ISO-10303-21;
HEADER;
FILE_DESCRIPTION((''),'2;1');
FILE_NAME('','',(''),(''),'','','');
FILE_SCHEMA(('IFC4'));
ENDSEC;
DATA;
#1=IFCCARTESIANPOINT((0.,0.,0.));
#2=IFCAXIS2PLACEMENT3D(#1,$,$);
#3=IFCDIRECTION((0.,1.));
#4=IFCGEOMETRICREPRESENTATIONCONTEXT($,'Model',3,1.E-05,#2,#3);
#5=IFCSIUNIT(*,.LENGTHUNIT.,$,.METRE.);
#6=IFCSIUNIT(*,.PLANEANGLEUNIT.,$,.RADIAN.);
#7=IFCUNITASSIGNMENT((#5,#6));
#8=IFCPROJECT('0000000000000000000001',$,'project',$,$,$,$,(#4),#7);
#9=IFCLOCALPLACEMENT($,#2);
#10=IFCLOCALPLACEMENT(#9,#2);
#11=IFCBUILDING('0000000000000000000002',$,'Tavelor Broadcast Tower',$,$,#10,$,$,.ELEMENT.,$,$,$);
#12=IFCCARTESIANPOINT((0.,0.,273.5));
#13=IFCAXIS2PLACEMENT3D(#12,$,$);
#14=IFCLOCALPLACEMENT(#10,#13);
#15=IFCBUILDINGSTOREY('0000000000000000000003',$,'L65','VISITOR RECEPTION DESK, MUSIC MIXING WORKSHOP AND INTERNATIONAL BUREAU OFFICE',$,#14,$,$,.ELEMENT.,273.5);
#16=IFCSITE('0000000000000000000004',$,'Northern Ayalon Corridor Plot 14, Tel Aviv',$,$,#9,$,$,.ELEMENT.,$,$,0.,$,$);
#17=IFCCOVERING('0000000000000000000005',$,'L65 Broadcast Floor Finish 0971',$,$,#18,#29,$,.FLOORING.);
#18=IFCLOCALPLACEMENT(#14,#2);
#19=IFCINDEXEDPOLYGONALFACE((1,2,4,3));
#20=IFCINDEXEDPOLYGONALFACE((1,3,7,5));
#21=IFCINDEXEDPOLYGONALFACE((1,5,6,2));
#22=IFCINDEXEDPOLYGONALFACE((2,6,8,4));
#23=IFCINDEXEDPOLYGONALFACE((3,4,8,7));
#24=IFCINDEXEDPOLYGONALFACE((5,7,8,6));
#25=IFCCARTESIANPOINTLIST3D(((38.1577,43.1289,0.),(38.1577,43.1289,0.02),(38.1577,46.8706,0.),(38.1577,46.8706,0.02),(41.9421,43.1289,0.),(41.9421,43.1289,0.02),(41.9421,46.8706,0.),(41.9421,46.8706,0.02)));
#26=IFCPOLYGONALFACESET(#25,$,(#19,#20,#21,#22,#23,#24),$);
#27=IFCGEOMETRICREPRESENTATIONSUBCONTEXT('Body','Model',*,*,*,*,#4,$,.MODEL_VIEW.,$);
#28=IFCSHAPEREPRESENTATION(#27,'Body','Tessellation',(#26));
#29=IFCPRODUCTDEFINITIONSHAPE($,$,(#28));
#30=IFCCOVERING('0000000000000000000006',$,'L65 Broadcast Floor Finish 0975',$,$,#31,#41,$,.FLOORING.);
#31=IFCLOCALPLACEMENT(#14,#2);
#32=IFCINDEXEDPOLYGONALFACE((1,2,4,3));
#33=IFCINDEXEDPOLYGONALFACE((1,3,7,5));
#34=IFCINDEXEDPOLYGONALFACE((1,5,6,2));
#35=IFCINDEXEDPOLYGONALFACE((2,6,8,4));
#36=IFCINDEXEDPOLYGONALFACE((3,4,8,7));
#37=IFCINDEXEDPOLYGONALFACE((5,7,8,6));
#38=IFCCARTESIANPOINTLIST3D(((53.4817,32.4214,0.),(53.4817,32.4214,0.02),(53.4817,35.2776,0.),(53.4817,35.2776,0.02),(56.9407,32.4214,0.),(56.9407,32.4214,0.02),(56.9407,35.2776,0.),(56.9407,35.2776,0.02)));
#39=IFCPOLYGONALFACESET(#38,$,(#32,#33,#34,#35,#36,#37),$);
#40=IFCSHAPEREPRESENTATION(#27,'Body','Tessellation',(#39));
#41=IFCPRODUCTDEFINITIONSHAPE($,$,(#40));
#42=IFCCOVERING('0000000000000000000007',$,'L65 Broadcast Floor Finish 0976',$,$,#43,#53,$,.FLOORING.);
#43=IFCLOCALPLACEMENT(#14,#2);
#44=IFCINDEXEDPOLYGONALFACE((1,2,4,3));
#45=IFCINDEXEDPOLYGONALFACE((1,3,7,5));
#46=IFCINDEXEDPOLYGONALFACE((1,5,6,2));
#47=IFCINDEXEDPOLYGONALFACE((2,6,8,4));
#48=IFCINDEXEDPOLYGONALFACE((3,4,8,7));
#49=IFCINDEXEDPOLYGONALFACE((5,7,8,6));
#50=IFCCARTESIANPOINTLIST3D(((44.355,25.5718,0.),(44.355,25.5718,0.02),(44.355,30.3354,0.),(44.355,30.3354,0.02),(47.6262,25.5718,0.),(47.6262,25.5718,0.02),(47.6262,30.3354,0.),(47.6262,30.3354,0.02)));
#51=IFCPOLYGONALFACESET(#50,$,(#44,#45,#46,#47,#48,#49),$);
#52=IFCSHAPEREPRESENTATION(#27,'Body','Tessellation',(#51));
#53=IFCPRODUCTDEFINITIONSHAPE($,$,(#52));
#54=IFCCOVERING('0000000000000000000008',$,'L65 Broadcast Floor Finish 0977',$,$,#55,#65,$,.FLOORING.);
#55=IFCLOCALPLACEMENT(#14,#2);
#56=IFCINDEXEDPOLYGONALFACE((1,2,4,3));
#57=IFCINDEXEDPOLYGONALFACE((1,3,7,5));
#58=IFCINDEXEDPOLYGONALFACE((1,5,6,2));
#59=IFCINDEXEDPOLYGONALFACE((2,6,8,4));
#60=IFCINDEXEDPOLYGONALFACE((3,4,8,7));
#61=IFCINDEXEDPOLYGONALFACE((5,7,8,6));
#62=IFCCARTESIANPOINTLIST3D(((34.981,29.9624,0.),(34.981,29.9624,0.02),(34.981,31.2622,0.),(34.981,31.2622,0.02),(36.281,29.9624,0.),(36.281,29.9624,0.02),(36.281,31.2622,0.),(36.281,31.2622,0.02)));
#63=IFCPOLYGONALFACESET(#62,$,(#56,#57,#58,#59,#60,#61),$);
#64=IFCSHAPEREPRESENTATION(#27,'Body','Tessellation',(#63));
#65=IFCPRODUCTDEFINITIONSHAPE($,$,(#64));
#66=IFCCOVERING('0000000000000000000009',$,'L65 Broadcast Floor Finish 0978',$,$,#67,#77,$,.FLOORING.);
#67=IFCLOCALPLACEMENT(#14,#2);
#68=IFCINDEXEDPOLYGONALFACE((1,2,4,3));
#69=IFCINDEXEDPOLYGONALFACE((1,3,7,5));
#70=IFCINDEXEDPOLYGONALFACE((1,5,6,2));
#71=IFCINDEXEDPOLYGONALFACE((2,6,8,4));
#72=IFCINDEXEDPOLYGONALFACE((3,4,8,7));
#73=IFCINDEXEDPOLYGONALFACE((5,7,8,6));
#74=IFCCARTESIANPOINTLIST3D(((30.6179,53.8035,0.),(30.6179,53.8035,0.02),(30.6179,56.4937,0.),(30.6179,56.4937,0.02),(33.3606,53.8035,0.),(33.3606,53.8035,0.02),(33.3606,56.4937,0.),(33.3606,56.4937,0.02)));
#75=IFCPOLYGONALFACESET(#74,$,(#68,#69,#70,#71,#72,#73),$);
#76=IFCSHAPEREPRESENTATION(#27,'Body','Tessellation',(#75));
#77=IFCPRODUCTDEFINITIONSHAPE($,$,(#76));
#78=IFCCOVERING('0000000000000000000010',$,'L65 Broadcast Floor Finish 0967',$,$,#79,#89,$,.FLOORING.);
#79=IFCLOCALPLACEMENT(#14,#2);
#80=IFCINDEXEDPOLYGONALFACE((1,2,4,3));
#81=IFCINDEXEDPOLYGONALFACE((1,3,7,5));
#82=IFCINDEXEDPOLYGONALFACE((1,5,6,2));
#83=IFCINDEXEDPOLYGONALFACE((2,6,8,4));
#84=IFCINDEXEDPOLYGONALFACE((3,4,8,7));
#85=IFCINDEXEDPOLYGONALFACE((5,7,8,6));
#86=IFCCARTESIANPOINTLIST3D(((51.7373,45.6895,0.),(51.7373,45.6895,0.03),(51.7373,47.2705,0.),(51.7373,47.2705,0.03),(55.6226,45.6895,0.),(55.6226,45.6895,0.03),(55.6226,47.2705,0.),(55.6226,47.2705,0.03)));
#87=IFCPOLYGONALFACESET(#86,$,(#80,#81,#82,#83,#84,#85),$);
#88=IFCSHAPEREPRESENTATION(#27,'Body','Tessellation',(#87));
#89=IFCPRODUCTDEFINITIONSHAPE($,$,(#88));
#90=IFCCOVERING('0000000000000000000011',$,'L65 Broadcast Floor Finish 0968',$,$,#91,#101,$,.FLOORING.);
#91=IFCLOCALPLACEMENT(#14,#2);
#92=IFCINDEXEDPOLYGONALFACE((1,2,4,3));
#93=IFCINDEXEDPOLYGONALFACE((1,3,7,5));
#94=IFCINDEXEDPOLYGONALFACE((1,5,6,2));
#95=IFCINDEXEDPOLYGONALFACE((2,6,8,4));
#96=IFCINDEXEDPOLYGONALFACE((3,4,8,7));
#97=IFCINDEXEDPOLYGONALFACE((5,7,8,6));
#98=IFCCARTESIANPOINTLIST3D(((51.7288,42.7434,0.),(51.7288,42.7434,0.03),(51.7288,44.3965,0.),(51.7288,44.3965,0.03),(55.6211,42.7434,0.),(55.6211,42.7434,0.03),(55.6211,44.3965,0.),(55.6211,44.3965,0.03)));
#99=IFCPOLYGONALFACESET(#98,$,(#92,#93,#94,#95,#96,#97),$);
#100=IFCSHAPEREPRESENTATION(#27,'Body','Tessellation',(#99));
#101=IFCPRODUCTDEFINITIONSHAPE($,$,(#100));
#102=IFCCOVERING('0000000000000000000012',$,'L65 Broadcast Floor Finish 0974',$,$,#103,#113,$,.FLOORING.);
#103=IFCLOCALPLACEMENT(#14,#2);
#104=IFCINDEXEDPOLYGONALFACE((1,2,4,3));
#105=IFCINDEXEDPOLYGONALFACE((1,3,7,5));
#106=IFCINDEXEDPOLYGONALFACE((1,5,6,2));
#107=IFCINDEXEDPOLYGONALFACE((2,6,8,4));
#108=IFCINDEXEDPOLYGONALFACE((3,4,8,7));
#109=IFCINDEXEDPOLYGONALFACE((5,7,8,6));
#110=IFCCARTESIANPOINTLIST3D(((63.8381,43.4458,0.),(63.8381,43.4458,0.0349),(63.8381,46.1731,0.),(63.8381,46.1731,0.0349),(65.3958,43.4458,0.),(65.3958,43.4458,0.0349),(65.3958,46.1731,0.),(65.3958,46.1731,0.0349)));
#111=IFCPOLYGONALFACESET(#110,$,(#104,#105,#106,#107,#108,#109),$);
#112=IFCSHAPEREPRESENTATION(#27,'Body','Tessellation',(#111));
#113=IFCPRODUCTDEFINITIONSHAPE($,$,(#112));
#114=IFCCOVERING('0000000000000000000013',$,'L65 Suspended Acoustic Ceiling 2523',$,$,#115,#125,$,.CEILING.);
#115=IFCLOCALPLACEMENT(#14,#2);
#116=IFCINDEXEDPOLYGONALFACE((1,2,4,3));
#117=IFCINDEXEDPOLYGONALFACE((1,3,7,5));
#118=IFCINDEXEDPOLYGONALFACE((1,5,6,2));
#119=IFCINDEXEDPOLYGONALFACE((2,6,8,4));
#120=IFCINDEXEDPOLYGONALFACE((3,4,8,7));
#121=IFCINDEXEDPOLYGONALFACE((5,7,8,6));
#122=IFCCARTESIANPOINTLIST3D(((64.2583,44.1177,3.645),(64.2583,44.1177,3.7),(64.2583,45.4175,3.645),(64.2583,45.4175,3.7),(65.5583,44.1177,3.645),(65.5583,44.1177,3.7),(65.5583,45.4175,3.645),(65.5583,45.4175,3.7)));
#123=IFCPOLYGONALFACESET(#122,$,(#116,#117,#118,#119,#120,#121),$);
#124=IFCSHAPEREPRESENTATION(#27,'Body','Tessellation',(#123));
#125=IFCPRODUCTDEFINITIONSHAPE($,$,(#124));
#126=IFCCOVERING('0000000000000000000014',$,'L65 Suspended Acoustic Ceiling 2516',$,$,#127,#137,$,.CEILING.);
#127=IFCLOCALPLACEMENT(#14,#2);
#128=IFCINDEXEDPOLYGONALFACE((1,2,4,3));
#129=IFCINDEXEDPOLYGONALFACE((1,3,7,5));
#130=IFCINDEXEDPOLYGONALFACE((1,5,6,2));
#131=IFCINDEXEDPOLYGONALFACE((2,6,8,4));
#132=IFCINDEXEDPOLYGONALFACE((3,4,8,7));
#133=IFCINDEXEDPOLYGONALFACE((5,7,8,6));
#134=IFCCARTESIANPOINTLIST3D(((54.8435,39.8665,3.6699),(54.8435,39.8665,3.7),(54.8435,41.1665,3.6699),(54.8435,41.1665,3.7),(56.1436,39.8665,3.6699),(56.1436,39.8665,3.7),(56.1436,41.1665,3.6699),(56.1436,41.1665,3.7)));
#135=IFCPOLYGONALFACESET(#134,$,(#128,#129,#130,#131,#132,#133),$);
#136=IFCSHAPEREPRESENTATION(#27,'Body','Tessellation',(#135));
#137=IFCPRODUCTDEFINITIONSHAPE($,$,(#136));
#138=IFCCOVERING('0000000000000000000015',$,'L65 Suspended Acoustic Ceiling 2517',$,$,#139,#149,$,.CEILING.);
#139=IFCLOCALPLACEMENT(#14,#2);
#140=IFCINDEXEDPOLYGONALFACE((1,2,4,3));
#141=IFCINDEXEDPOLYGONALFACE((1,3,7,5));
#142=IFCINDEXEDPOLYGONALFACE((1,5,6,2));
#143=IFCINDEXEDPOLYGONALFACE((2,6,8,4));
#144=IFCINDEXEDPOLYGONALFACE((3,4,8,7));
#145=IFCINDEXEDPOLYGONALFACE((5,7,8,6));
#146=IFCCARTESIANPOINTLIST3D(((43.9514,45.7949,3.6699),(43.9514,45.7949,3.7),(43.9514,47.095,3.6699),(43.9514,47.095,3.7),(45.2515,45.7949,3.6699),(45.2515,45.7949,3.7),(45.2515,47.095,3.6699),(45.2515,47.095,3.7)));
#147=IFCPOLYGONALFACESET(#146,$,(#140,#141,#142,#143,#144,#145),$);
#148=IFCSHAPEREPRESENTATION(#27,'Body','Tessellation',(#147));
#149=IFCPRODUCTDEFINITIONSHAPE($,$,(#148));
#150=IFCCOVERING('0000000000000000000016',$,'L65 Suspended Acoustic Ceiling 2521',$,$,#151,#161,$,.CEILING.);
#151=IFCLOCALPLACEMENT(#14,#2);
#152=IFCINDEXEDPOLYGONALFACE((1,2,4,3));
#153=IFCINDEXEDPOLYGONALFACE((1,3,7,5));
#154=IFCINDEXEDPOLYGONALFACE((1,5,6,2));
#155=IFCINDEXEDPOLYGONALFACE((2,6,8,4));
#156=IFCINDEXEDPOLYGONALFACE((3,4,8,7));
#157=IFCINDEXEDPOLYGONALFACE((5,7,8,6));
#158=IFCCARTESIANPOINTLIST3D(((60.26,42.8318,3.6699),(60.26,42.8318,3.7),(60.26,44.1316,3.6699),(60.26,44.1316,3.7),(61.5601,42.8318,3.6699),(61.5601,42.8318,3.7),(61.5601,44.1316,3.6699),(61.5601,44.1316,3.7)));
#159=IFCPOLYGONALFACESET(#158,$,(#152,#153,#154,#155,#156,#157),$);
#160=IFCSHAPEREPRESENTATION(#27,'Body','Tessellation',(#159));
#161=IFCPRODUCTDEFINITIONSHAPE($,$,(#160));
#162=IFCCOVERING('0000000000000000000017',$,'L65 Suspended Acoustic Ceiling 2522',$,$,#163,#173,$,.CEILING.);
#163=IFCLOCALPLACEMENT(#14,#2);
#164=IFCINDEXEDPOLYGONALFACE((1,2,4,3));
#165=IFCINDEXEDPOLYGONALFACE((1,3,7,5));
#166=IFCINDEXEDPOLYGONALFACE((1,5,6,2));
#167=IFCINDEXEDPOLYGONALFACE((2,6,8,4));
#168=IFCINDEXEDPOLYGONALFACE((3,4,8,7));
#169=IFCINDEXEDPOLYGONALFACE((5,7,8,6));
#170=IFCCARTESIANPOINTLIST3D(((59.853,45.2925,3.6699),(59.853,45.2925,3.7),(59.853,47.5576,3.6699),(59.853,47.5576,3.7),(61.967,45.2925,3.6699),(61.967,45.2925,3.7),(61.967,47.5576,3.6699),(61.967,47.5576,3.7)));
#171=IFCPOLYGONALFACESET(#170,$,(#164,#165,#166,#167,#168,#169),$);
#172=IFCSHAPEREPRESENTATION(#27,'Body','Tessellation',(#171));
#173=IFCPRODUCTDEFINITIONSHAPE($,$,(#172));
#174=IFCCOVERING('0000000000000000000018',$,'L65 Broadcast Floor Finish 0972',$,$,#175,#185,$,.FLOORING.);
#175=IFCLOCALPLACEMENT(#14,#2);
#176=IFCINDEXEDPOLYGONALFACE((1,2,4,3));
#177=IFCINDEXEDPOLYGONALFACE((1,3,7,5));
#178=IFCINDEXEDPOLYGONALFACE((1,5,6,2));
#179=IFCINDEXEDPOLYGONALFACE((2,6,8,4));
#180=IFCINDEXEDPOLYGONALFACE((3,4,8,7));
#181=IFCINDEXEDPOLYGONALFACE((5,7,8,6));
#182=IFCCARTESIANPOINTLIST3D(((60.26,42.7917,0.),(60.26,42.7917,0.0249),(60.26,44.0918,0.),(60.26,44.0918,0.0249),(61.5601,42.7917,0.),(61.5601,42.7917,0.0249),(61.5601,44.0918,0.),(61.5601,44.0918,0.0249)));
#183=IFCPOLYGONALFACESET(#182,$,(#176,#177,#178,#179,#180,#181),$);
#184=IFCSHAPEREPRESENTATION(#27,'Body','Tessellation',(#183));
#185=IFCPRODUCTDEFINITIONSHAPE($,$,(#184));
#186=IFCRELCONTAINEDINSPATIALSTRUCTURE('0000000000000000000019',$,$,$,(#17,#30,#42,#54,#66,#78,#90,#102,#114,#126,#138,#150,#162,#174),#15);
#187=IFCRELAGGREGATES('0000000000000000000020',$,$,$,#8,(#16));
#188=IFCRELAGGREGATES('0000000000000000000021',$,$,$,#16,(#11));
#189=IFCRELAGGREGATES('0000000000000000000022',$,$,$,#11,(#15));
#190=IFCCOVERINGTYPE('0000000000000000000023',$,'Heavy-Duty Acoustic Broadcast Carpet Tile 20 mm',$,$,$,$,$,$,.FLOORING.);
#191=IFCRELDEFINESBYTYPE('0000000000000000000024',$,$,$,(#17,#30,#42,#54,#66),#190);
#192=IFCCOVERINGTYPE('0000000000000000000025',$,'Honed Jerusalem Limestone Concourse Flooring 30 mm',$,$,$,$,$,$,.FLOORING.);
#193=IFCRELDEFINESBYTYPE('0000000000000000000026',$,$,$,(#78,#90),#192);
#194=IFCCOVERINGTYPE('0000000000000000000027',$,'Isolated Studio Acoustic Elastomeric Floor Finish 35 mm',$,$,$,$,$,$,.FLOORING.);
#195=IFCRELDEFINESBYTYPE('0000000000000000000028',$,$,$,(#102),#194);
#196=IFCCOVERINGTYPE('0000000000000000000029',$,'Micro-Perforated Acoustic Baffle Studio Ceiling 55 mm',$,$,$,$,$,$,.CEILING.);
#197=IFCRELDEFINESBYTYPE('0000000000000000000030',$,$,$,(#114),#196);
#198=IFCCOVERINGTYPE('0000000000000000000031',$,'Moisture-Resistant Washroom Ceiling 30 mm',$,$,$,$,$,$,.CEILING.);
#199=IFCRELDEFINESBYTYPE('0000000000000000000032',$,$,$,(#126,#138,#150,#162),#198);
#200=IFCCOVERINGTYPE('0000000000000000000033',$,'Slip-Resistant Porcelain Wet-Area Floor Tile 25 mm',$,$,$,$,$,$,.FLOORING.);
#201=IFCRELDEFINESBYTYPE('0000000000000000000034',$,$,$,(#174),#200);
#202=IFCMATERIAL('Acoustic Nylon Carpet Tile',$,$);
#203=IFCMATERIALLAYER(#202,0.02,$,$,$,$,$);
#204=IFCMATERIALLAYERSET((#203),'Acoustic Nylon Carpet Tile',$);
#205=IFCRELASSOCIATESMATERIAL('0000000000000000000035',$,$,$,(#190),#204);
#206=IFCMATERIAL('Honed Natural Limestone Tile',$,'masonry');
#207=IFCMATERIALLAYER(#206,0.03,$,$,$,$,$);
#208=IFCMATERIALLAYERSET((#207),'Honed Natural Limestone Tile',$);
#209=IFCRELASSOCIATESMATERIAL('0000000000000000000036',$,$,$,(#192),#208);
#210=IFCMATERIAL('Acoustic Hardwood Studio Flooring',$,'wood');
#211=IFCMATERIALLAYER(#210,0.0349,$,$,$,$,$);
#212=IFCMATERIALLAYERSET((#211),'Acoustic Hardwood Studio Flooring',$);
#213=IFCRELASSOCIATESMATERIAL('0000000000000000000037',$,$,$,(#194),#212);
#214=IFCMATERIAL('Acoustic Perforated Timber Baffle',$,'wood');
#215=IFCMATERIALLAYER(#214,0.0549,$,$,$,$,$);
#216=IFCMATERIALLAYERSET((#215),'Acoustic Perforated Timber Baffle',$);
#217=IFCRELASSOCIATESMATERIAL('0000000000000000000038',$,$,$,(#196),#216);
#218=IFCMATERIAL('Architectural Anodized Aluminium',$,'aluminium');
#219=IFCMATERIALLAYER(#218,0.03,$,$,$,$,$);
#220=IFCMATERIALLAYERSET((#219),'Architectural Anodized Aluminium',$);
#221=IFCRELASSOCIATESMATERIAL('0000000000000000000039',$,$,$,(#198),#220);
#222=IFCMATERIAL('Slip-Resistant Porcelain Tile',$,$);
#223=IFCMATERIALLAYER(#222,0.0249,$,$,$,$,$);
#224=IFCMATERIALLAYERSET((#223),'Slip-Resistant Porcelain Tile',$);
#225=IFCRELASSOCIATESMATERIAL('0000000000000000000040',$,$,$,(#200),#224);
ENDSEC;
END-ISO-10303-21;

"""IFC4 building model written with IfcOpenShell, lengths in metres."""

from ifc_helpers import new_model, si_unit, direction, frame, origin, place, context, subcontext, project, spatial, polyline, outline, extrude, material, layer, layer_set, type_object, element, save


model = new_model("IFC4")

# Units and contexts
model_context = context("Model", 3, precision=1e-05, world=origin(), true_north=direction((0.0, 1.0)))
body_context = subcontext(model_context, "Body", "Model", "MODEL_VIEW")
ifc_project = project(units=[si_unit("LENGTHUNIT", "METRE"), si_unit("PLANEANGLEUNIT", "RADIAN")], contexts=[model_context])

# Site, building, storey
site_placement = place(None, origin())
site = spatial("IfcSite", under=ifc_project, at=site_placement, Name="Northern Ayalon Corridor Plot 14, Tel Aviv", CompositionType="ELEMENT", RefElevation=0.0)
building_placement = place(site_placement, origin())
building = spatial("IfcBuilding", under=site, at=building_placement, Name="Tavelor Broadcast Tower", CompositionType="ELEMENT")
storey_placement = place(building_placement, frame((0.0, 0.0, 273.5)))
storey = spatial("IfcBuildingStorey", under=building, at=storey_placement, Name="L65", Description="VISITOR RECEPTION DESK, MUSIC MIXING WORKSHOP AND INTERNATIONAL BUREAU OFFICE", CompositionType="ELEMENT", Elevation=273.5)

# Coverings
ifc_material_1 = material(Name="Architectural Anodized Aluminium", Category="aluminium")
ifc_material_2 = material(Name="Acoustic Nylon Carpet Tile")
ifc_layer_1 = layer(ifc_material_2, 0.02)
ifc_layer_set_1 = layer_set([ifc_layer_1], Name="Acoustic Nylon Carpet Tile")
covering_type_1 = type_object("IfcCoveringType", Name="Heavy-Duty Acoustic Broadcast Carpet Tile 20 mm", PredefinedType="FLOORING", material=ifc_layer_set_1)
covering_1_placement = place(storey_placement, origin())
element("IfcCovering", 1, at=covering_1_placement, inside=storey, type_object=covering_type_1, Name="L65 Broadcast Floor Finish 0971", PredefinedType="FLOORING", context=body_context, shape_type="SweptSolid", body=[
    extrude(outline(polyline([(38.1577, 43.1289), (41.9421, 43.1289), (41.9421, 46.8706), (38.1577, 46.8706), (38.1577, 43.1289)])), origin(), (0.0, 0.0, 1.0), 0.02),
])
covering_2_placement = place(storey_placement, origin())
element("IfcCovering", 2, at=covering_2_placement, inside=storey, type_object=covering_type_1, Name="L65 Broadcast Floor Finish 0975", PredefinedType="FLOORING", context=body_context, shape_type="SweptSolid", body=[
    extrude(outline(polyline([(53.4817, 32.4214), (56.9407, 32.4214), (56.9407, 35.2776), (53.4817, 35.2776), (53.4817, 32.4214)])), origin(), (0.0, 0.0, 1.0), 0.02),
])
covering_3_placement = place(storey_placement, origin())
element("IfcCovering", 3, at=covering_3_placement, inside=storey, type_object=covering_type_1, Name="L65 Broadcast Floor Finish 0976", PredefinedType="FLOORING", context=body_context, shape_type="SweptSolid", body=[
    extrude(outline(polyline([(44.355, 25.5718), (47.6262, 25.5718), (47.6262, 30.3354), (44.355, 30.3354), (44.355, 25.5718)])), origin(), (0.0, 0.0, 1.0), 0.02),
])
covering_4_placement = place(storey_placement, origin())
element("IfcCovering", 4, at=covering_4_placement, inside=storey, type_object=covering_type_1, Name="L65 Broadcast Floor Finish 0977", PredefinedType="FLOORING", context=body_context, shape_type="SweptSolid", body=[
    extrude(outline(polyline([(34.981, 29.9624), (36.281, 29.9624), (36.281, 31.2622), (34.981, 31.2622), (34.981, 29.9624)])), origin(), (0.0, 0.0, 1.0), 0.02),
])
covering_5_placement = place(storey_placement, origin())
element("IfcCovering", 5, at=covering_5_placement, inside=storey, type_object=covering_type_1, Name="L65 Broadcast Floor Finish 0978", PredefinedType="FLOORING", context=body_context, shape_type="SweptSolid", body=[
    extrude(outline(polyline([(30.6179, 53.8035), (33.3606, 53.8035), (33.3606, 56.4937), (30.6179, 56.4937), (30.6179, 53.8035)])), origin(), (0.0, 0.0, 1.0), 0.02),
])
ifc_material_3 = material(Name="Honed Natural Limestone Tile", Category="masonry")
ifc_layer_2 = layer(ifc_material_3, 0.03)
ifc_layer_set_2 = layer_set([ifc_layer_2], Name="Honed Natural Limestone Tile")
covering_type_2 = type_object("IfcCoveringType", Name="Honed Jerusalem Limestone Concourse Flooring 30 mm", PredefinedType="FLOORING", material=ifc_layer_set_2)
covering_6_placement = place(storey_placement, origin())
element("IfcCovering", 6, at=covering_6_placement, inside=storey, type_object=covering_type_2, Name="L65 Broadcast Floor Finish 0967", PredefinedType="FLOORING", context=body_context, shape_type="SweptSolid", body=[
    extrude(outline(polyline([(51.7373, 45.6895), (55.6226, 45.6895), (55.6226, 47.2705), (51.7373, 47.2705), (51.7373, 45.6895)])), origin(), (0.0, 0.0, 1.0), 0.03),
])
covering_7_placement = place(storey_placement, origin())
element("IfcCovering", 7, at=covering_7_placement, inside=storey, type_object=covering_type_2, Name="L65 Broadcast Floor Finish 0968", PredefinedType="FLOORING", context=body_context, shape_type="SweptSolid", body=[
    extrude(outline(polyline([(51.7288, 42.7434), (55.6211, 42.7434), (55.6211, 44.3965), (51.7288, 44.3965), (51.7288, 42.7434)])), origin(), (0.0, 0.0, 1.0), 0.03),
])
ifc_material_4 = material(Name="Acoustic Hardwood Studio Flooring", Category="wood")
ifc_layer_3 = layer(ifc_material_4, 0.0349)
ifc_layer_set_3 = layer_set([ifc_layer_3], Name="Acoustic Hardwood Studio Flooring")
covering_type_3 = type_object("IfcCoveringType", Name="Isolated Studio Acoustic Elastomeric Floor Finish 35 mm", PredefinedType="FLOORING", material=ifc_layer_set_3)
covering_8_placement = place(storey_placement, origin())
element("IfcCovering", 8, at=covering_8_placement, inside=storey, type_object=covering_type_3, Name="L65 Broadcast Floor Finish 0974", PredefinedType="FLOORING", context=body_context, shape_type="SweptSolid", body=[
    extrude(outline(polyline([(63.8381, 43.4458), (65.3958, 43.4458), (65.3958, 46.1731), (63.8381, 46.1731), (63.8381, 43.4458)])), origin(), (0.0, 0.0, 1.0), 0.0349),
])
ifc_material_5 = material(Name="Acoustic Perforated Timber Baffle", Category="wood")
ifc_layer_4 = layer(ifc_material_5, 0.0549)
ifc_layer_set_4 = layer_set([ifc_layer_4], Name="Acoustic Perforated Timber Baffle")
covering_type_4 = type_object("IfcCoveringType", Name="Micro-Perforated Acoustic Baffle Studio Ceiling 55 mm", PredefinedType="CEILING", material=ifc_layer_set_4)
covering_9_placement = place(storey_placement, frame((0.0, 0.0, 3.645)))
element("IfcCovering", 9, at=covering_9_placement, inside=storey, type_object=covering_type_4, Name="L65 Suspended Acoustic Ceiling 2523", PredefinedType="CEILING", context=body_context, shape_type="SweptSolid", body=[
    extrude(outline(polyline([(64.2583, 44.1177), (65.5583, 44.1177), (65.5583, 45.4175), (64.2583, 45.4175), (64.2583, 44.1177)])), origin(), (0.0, 0.0, 1.0), 0.0549),
])
ifc_layer_5 = layer(ifc_material_1, 0.03)
ifc_layer_set_5 = layer_set([ifc_layer_5], Name="Architectural Anodized Aluminium")
covering_type_5 = type_object("IfcCoveringType", Name="Moisture-Resistant Washroom Ceiling 30 mm", PredefinedType="CEILING", material=ifc_layer_set_5)
covering_10_placement = place(storey_placement, frame((0.0, 0.0, 3.6699)))
element("IfcCovering", 10, at=covering_10_placement, inside=storey, type_object=covering_type_5, Name="L65 Suspended Acoustic Ceiling 2516", PredefinedType="CEILING", context=body_context, shape_type="SweptSolid", body=[
    extrude(outline(polyline([(54.8435, 39.8665), (56.1436, 39.8665), (56.1436, 41.1665), (54.8435, 41.1665), (54.8435, 39.8665)])), origin(), (0.0, 0.0, 1.0), 0.03),
])
covering_11_placement = place(storey_placement, frame((0.0, 0.0, 3.6699)))
element("IfcCovering", 11, at=covering_11_placement, inside=storey, type_object=covering_type_5, Name="L65 Suspended Acoustic Ceiling 2517", PredefinedType="CEILING", context=body_context, shape_type="SweptSolid", body=[
    extrude(outline(polyline([(43.9514, 45.7949), (45.2515, 45.7949), (45.2515, 47.095), (43.9514, 47.095), (43.9514, 45.7949)])), origin(), (0.0, 0.0, 1.0), 0.03),
])
covering_12_placement = place(storey_placement, frame((0.0, 0.0, 3.6699)))
element("IfcCovering", 12, at=covering_12_placement, inside=storey, type_object=covering_type_5, Name="L65 Suspended Acoustic Ceiling 2521", PredefinedType="CEILING", context=body_context, shape_type="SweptSolid", body=[
    extrude(outline(polyline([(60.26, 42.8318), (61.5601, 42.8318), (61.5601, 44.1316), (60.26, 44.1316), (60.26, 42.8318)])), origin(), (0.0, 0.0, 1.0), 0.03),
])
covering_13_placement = place(storey_placement, frame((0.0, 0.0, 3.6699)))
element("IfcCovering", 13, at=covering_13_placement, inside=storey, type_object=covering_type_5, Name="L65 Suspended Acoustic Ceiling 2522", PredefinedType="CEILING", context=body_context, shape_type="SweptSolid", body=[
    extrude(outline(polyline([(59.853, 45.2925), (61.967, 45.2925), (61.967, 47.5576), (59.853, 47.5576), (59.853, 45.2925)])), origin(), (0.0, 0.0, 1.0), 0.03),
])
ifc_material_6 = material(Name="Slip-Resistant Porcelain Tile")
ifc_layer_6 = layer(ifc_material_6, 0.0249)
ifc_layer_set_6 = layer_set([ifc_layer_6], Name="Slip-Resistant Porcelain Tile")
covering_type_6 = type_object("IfcCoveringType", Name="Slip-Resistant Porcelain Wet-Area Floor Tile 25 mm", PredefinedType="FLOORING", material=ifc_layer_set_6)
covering_14_placement = place(storey_placement, origin())
element("IfcCovering", 14, at=covering_14_placement, inside=storey, type_object=covering_type_6, Name="L65 Broadcast Floor Finish 0972", PredefinedType="FLOORING", context=body_context, shape_type="SweptSolid", body=[
    extrude(outline(polyline([(60.26, 42.7917), (61.5601, 42.7917), (61.5601, 44.0918), (60.26, 44.0918), (60.26, 42.7917)])), origin(), (0.0, 0.0, 1.0), 0.0249),
])

save(model, "model.ifc")
